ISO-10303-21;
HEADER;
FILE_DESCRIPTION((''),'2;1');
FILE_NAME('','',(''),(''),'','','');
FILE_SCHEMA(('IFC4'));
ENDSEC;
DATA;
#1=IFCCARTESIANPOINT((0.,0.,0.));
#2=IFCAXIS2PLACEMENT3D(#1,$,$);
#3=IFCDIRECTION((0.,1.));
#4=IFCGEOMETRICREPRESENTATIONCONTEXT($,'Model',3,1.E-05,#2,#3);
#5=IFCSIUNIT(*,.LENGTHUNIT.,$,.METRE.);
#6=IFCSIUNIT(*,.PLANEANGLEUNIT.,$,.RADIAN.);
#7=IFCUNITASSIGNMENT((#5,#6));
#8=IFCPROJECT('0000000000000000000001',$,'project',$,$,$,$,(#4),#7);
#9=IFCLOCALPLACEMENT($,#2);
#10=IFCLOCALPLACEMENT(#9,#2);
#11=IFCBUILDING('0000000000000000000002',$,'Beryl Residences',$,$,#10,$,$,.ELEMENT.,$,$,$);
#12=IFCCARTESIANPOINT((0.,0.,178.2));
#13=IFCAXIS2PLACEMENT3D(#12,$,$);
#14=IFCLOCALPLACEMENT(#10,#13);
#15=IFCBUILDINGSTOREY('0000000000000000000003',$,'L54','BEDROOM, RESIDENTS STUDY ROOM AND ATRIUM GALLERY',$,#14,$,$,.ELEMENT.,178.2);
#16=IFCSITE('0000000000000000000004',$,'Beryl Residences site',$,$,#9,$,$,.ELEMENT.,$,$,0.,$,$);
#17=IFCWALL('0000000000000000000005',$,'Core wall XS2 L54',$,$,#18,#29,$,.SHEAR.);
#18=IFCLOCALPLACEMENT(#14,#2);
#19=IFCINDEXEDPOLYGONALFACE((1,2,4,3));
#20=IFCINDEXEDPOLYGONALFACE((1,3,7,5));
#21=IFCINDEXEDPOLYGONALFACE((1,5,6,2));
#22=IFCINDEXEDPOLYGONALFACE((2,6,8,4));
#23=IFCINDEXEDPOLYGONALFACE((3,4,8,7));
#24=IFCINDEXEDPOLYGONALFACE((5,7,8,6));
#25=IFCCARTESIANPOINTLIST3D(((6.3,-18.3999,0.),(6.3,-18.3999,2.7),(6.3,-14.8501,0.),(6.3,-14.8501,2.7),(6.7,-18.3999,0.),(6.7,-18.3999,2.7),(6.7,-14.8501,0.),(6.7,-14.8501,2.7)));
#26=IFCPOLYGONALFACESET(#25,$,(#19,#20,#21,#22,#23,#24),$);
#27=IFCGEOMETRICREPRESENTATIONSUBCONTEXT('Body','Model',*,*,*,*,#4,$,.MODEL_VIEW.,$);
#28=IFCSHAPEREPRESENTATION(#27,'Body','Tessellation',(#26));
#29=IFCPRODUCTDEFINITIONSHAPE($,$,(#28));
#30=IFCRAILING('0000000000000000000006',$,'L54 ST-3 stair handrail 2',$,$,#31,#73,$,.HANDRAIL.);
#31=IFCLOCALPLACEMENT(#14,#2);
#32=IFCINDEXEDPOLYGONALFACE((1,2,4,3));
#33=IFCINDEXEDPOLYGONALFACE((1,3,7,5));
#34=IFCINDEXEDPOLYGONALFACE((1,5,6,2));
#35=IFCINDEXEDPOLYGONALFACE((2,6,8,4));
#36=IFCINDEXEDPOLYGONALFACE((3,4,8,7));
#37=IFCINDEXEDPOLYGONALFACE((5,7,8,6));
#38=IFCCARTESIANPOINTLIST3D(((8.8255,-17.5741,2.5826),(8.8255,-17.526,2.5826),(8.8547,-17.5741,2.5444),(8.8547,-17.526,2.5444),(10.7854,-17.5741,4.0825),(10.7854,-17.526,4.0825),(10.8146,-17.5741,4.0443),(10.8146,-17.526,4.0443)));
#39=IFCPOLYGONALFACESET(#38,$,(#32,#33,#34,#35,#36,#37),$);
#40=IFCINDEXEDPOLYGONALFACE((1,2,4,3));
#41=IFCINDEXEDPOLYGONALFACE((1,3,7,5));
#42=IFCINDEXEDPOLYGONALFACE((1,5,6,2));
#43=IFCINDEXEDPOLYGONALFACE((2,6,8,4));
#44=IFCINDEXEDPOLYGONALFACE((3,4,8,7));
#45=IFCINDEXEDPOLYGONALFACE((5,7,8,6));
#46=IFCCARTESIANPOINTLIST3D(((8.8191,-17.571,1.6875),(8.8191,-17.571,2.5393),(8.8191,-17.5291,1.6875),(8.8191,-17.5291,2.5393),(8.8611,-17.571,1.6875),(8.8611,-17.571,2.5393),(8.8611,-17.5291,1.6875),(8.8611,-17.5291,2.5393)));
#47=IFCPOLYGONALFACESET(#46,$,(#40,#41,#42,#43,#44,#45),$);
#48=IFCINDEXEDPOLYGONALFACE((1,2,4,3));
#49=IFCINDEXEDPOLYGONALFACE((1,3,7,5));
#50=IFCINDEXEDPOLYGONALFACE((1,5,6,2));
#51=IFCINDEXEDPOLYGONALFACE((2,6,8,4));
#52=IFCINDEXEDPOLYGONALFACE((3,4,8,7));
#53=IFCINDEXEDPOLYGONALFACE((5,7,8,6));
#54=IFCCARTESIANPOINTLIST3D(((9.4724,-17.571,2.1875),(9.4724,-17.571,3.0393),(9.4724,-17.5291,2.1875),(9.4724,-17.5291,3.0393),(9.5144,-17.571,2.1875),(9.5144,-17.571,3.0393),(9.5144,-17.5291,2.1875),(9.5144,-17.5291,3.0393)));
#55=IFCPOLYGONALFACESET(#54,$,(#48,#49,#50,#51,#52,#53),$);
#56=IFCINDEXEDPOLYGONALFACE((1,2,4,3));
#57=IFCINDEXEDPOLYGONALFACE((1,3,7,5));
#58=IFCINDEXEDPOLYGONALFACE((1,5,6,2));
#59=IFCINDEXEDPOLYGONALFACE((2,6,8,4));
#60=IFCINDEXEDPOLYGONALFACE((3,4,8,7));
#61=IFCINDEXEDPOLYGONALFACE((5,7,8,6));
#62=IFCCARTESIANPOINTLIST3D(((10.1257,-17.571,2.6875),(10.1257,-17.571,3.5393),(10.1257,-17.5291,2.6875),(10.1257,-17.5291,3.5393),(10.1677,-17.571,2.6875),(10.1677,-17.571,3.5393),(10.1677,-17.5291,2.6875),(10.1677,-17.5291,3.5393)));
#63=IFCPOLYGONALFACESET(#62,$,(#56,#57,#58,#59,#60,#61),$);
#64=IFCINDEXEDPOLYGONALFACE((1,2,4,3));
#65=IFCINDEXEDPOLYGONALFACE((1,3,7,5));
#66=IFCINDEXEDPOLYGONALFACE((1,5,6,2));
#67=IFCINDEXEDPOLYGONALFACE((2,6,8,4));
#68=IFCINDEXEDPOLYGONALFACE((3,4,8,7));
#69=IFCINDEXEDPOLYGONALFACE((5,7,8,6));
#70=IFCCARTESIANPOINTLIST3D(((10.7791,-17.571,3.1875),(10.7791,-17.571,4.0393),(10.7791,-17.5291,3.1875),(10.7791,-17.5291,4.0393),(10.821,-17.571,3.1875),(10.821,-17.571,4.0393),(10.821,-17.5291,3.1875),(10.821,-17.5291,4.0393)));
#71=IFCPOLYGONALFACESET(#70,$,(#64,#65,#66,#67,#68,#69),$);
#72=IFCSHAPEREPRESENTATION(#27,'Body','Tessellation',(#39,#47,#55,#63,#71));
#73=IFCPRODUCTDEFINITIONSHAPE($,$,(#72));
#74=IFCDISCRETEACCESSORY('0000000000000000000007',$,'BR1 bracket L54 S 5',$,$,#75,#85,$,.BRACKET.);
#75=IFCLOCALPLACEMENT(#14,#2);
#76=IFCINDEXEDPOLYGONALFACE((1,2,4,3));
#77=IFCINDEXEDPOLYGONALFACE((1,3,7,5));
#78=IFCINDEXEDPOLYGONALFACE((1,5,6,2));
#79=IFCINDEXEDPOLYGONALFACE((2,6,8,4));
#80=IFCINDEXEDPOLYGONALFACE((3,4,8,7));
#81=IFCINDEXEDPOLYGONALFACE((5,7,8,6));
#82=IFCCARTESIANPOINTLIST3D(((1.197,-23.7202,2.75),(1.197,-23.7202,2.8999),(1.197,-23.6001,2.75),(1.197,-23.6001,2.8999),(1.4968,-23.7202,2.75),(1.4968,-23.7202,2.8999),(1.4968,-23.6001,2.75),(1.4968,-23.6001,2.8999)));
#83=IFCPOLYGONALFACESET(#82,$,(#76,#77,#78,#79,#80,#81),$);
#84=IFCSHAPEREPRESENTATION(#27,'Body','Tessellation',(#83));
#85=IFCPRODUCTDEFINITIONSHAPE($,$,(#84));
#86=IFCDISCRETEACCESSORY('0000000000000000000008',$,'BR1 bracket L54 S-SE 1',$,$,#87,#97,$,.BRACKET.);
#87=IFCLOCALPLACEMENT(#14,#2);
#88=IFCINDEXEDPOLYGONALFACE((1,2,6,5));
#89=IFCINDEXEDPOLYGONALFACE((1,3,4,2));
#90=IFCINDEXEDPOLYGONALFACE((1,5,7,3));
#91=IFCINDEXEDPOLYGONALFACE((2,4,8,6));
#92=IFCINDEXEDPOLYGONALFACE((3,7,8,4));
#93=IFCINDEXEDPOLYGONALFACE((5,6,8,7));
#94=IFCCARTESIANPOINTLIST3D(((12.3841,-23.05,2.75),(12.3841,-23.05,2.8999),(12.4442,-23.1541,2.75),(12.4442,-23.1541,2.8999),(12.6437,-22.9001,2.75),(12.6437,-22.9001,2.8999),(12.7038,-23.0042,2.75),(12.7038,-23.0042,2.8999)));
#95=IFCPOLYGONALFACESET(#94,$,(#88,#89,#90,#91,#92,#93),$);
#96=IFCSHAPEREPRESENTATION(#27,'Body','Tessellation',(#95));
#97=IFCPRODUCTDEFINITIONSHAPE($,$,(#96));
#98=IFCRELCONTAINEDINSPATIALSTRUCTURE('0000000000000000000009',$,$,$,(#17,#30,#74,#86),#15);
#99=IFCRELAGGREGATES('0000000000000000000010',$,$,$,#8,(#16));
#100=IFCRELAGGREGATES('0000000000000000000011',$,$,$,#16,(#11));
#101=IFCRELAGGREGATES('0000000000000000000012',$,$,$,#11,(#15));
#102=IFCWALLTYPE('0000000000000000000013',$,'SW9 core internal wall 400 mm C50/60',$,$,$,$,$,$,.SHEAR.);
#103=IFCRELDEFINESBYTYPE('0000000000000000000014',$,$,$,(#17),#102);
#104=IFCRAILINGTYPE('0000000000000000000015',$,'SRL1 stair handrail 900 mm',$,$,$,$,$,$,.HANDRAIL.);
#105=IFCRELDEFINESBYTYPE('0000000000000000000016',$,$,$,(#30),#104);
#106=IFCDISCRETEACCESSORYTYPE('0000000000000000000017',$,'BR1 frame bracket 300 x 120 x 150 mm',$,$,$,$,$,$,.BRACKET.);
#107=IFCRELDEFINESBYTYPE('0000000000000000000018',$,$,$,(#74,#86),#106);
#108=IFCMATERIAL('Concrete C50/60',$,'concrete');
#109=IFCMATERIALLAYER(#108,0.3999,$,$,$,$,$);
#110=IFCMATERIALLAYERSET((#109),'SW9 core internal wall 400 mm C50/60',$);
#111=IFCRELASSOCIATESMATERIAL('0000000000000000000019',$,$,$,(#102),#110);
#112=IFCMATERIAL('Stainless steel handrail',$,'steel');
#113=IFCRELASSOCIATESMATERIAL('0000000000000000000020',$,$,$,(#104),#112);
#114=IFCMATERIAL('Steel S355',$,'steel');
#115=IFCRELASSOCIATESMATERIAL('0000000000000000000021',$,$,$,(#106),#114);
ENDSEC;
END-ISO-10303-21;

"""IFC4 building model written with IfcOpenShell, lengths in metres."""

from ifc_helpers import new_model, si_unit, direction, frame, frame_2d, origin, origin_2d, place, context, subcontext, project, spatial, polyline, rectangle, outline, extrude, source, transform, mapped, material, layer, layer_set, type_object, type_shapes, element, save


model = new_model("IFC4")

# Units and contexts
model_context = context("Model", 3, precision=1e-05, world=origin(), true_north=direction((0.0, 1.0)))
body_context = subcontext(model_context, "Body", "Model", "MODEL_VIEW")
ifc_project = project(units=[si_unit("LENGTHUNIT", "METRE"), si_unit("PLANEANGLEUNIT", "RADIAN")], contexts=[model_context])

# Site, building, storey
site_placement = place(None, origin())
site = spatial("IfcSite", under=ifc_project, at=site_placement, Name="Beryl Residences site", CompositionType="ELEMENT", RefElevation=0.0)
building_placement = place(site_placement, origin())
building = spatial("IfcBuilding", under=site, at=building_placement, Name="Beryl Residences", CompositionType="ELEMENT")
storey_placement = place(building_placement, frame((0.0, 0.0, 178.2)))
storey = spatial("IfcBuildingStorey", under=building, at=storey_placement, Name="L54", Description="BEDROOM, RESIDENTS STUDY ROOM AND ATRIUM GALLERY", CompositionType="ELEMENT", Elevation=178.2)

# Wall
ifc_material_1 = material(Name="Concrete C50/60", Category="concrete")
ifc_layer_1 = layer(ifc_material_1, 0.3999)
ifc_layer_set_1 = layer_set([ifc_layer_1], Name="SW9 core internal wall 400 mm C50/60")
wall_type_1 = type_object("IfcWallType", Name="SW9 core internal wall 400 mm C50/60", PredefinedType="SHEAR", material=ifc_layer_set_1)
wall_1_placement = place(storey_placement, frame((6.5, -18.3999, 0.0), z_axis=(0.0, 0.0, 1.0), x_axis=(0.0, 1.0, 0.0)))
element("IfcWall", 1, at=wall_1_placement, inside=storey, type_object=wall_type_1, Name="Core wall XS2 L54", PredefinedType="SHEAR", context=body_context, shape_type="SweptSolid", body=[
    extrude(rectangle(XDim=3.5498, YDim=0.3999, at=frame_2d((1.7749, 0.0))), origin(), (0.0, 0.0, 1.0), 2.7),
])

# Railing
ifc_material_2 = material(Name="Stainless steel handrail", Category="steel")
railing_type = type_object("IfcRailingType", Name="SRL1 stair handrail 900 mm", PredefinedType="HANDRAIL", material=ifc_material_2)
railing_placement = place(storey_placement, frame((8.8401, -17.55, 1.6875)))
element("IfcRailing", 2, at=railing_placement, inside=storey, type_object=railing_type, Name="L54 ST-3 stair handrail 2", PredefinedType="HANDRAIL", context=body_context, shape_type="SweptSolid", body=[
    extrude(rectangle(XDim=0.0481, YDim=0.0481, at=origin_2d()), frame((0.0, 0.0, 0.876), z_axis=(0.794122, 0.0, 0.607758), x_axis=(0.0, 1.0, 0.0)), (0.0, 0.0, 1.0), 2.468),
    extrude(rectangle(XDim=0.042, YDim=0.042, at=origin_2d()), origin(), (0.0, 0.0, 1.0), 0.8518),
    extrude(rectangle(XDim=0.042, YDim=0.042, at=origin_2d()), frame((0.6533, 0.0, 0.5)), (0.0, 0.0, 1.0), 0.8518),
    extrude(rectangle(XDim=0.042, YDim=0.042, at=origin_2d()), frame((1.3066, 0.0, 1.0)), (0.0, 0.0, 1.0), 0.8518),
    extrude(rectangle(XDim=0.042, YDim=0.042, at=origin_2d()), frame((1.96, 0.0, 1.5)), (0.0, 0.0, 1.0), 0.8518),
])

# Discrete accessories
ifc_material_3 = material(Name="Steel S355", Category="steel")
discrete_accessory_type = type_object("IfcDiscreteAccessoryType", Name="BR1 frame bracket 300 x 120 x 150 mm", PredefinedType="BRACKET", material=ifc_material_3)
shared_shape_1 = source(origin(), body_context, "Body", "SweptSolid", [
    extrude(outline(polyline([(-0.1499, 0.0), (0.1499, 0.0), (0.1499, 0.1201), (-0.1499, 0.1201), (-0.1499, 0.0)])), origin(), (0.0, 0.0, 1.0), 0.1499),
])
type_shapes(discrete_accessory_type, [shared_shape_1])
for number, where, z_axis, x_axis, name in (
    (3, (1.3469, -23.6001, 2.75), (0.0, 0.0, 1.0), (-1.0, 0.0, 0.0), "BR1 bracket L54 S 5"),
    (4, (12.5139, -22.9751, 2.75), (0.0, 0.0, 1.0), (-0.866025, -0.5, 0.0), "BR1 bracket L54 S-SE 1"),
):
    element("IfcDiscreteAccessory", number, at=place(storey_placement, frame(where, z_axis=z_axis, x_axis=x_axis)), inside=storey, type_object=discrete_accessory_type, Name=name, PredefinedType="BRACKET", context=body_context, shape_type="MappedRepresentation", body=[
        mapped(shared_shape_1, transform((0.0, 0.0, 0.0))),
    ])

save(model, "model.ifc")
